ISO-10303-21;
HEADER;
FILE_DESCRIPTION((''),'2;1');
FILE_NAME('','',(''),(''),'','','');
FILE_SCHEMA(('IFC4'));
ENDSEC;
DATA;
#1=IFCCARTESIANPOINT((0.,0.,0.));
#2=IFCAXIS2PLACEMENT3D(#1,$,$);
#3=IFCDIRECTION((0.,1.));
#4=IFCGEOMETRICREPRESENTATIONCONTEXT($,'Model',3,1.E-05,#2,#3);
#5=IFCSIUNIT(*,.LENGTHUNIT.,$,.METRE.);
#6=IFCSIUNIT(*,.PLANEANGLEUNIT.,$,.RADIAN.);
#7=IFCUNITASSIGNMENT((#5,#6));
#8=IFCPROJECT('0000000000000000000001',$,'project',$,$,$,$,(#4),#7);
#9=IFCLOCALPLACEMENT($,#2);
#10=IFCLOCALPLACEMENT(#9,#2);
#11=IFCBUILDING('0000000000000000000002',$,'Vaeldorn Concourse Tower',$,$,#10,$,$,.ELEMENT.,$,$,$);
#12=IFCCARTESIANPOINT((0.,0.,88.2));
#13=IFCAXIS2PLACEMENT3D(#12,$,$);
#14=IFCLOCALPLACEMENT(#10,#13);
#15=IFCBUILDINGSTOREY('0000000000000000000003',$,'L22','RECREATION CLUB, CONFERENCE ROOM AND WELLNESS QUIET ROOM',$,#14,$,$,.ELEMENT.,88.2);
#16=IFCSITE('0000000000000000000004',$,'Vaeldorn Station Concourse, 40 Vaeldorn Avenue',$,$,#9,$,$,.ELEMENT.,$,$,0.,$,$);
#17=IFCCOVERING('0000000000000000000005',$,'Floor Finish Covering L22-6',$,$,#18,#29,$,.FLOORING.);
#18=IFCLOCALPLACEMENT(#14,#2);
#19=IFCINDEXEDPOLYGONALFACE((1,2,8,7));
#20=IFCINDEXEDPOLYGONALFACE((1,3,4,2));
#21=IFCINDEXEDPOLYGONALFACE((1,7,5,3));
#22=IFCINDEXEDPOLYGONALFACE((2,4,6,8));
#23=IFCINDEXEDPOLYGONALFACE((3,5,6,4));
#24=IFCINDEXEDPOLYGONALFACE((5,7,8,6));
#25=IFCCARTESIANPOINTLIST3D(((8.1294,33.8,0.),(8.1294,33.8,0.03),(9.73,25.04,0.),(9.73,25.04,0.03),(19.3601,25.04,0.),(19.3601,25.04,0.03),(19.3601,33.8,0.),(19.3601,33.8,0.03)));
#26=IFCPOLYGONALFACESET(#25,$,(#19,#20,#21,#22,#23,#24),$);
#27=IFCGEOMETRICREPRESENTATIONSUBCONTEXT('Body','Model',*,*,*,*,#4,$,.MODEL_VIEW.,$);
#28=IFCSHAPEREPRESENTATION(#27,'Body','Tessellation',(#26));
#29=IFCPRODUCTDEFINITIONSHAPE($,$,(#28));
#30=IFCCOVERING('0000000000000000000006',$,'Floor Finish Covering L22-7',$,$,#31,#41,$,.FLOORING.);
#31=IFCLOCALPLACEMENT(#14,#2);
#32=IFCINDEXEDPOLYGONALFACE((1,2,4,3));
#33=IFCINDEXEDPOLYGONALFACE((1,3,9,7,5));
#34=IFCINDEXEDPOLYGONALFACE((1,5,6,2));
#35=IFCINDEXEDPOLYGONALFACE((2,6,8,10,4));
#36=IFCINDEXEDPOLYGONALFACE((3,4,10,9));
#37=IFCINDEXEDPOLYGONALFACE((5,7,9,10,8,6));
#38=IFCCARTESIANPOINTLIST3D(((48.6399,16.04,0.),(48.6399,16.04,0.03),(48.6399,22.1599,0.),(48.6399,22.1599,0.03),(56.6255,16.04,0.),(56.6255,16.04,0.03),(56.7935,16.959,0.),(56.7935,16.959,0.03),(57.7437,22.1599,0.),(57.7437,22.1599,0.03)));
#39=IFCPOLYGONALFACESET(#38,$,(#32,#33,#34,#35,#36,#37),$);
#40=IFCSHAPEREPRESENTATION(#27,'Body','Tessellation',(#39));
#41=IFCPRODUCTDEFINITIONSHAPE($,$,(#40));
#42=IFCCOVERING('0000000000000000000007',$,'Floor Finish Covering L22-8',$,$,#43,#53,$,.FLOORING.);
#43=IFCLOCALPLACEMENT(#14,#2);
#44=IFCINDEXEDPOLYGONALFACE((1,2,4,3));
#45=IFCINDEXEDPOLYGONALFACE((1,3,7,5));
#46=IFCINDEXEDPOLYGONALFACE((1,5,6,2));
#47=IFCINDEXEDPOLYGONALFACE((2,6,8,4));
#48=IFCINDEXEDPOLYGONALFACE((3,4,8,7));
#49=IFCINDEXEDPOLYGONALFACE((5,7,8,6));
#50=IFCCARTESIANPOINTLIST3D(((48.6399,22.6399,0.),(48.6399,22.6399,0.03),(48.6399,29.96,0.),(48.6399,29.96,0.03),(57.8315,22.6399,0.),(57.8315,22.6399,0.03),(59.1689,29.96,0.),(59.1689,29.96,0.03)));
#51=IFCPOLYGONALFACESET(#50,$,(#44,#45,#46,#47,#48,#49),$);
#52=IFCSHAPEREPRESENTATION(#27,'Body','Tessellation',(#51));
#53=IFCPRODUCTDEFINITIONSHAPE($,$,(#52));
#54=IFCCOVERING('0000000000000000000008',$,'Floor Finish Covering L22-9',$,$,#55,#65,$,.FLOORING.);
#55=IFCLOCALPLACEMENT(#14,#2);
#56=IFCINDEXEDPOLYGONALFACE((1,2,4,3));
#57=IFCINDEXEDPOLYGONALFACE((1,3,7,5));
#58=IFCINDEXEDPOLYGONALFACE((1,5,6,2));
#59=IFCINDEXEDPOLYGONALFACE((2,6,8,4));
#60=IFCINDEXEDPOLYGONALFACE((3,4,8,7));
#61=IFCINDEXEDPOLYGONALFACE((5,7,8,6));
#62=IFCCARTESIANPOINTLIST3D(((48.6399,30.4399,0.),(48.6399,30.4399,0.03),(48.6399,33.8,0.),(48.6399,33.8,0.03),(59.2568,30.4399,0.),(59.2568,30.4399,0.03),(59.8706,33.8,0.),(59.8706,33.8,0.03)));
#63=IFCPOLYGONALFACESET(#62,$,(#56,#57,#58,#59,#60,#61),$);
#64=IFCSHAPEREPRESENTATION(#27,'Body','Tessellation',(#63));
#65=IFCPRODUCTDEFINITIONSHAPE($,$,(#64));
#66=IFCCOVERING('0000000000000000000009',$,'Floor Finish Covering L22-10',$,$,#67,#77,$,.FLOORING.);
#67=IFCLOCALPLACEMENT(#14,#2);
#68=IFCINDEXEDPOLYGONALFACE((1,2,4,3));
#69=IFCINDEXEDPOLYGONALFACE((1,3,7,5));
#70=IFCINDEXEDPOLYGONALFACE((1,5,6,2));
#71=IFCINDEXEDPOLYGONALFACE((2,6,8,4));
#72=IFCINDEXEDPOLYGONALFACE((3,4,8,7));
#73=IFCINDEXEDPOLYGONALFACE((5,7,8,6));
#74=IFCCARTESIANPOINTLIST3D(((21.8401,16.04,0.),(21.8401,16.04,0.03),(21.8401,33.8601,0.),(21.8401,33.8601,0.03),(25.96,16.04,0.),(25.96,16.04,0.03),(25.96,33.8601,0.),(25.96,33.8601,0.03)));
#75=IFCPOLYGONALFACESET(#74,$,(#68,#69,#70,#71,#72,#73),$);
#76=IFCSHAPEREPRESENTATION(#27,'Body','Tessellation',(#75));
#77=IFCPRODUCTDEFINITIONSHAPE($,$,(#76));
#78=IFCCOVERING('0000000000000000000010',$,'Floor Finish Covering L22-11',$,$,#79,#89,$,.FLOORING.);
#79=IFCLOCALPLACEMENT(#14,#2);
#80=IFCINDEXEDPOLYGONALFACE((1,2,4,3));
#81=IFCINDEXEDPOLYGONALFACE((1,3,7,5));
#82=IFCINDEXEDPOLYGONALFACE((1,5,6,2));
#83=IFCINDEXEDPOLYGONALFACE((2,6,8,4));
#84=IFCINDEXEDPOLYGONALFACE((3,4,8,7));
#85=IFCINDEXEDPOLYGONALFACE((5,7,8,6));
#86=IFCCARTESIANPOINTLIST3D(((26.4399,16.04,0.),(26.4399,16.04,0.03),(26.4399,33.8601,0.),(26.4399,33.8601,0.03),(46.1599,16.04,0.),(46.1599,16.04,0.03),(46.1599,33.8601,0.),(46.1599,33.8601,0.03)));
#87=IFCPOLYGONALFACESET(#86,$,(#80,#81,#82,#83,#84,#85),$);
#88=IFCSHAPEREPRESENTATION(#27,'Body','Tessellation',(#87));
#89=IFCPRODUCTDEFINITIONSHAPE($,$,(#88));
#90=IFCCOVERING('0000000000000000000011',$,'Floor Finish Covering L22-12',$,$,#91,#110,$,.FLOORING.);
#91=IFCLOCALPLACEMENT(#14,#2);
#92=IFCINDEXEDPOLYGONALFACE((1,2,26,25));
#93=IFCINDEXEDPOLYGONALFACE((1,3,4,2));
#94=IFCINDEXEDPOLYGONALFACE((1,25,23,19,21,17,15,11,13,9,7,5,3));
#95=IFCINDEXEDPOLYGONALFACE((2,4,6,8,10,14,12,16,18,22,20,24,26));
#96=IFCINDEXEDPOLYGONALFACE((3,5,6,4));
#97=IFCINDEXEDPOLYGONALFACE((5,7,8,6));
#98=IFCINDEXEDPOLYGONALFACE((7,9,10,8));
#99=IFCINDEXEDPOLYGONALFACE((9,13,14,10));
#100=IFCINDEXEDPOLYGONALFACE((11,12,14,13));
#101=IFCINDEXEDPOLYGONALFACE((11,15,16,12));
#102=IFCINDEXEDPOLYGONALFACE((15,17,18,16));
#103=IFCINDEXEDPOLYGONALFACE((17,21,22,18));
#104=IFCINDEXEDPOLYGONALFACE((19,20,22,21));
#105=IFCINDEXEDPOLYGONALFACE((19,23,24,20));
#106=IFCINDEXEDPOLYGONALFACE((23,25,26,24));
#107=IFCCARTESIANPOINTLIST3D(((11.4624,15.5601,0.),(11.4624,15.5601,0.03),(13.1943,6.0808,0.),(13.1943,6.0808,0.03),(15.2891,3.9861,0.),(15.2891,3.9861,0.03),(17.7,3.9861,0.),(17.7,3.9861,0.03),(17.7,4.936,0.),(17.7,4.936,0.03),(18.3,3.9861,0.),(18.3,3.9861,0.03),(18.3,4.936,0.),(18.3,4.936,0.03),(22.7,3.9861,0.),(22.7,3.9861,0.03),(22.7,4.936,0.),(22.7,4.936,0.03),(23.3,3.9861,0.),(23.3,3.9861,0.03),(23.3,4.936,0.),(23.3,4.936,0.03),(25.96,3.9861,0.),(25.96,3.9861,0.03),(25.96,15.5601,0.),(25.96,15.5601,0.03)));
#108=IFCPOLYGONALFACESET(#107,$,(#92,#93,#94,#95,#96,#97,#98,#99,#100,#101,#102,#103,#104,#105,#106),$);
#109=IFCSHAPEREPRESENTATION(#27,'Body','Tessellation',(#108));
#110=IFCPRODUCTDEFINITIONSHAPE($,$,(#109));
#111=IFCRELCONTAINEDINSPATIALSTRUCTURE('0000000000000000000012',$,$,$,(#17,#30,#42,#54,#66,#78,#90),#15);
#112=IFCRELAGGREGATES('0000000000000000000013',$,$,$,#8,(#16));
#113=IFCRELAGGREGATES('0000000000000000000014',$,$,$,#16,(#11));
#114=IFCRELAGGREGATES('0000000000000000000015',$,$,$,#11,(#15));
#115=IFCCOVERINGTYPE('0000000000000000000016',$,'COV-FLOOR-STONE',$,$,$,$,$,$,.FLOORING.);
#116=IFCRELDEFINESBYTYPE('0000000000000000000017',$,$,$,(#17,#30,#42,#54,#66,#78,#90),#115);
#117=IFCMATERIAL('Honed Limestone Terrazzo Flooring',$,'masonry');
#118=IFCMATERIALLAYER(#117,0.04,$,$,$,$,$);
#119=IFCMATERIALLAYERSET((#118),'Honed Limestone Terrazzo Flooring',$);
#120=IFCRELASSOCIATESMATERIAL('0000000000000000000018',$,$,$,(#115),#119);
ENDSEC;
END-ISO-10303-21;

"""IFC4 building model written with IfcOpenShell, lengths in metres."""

from ifc_helpers import new_model, si_unit, direction, frame, origin, place, context, subcontext, project, spatial, polyline, outline, extrude, material, layer, layer_set, type_object, element, save


model = new_model("IFC4")

# Units and contexts
model_context = context("Model", 3, precision=1e-05, world=origin(), true_north=direction((0.0, 1.0)))
body_context = subcontext(model_context, "Body", "Model", "MODEL_VIEW")
ifc_project = project(units=[si_unit("LENGTHUNIT", "METRE"), si_unit("PLANEANGLEUNIT", "RADIAN")], contexts=[model_context])

# Site, building, storey
site_placement = place(None, origin())
site = spatial("IfcSite", under=ifc_project, at=site_placement, Name="Vaeldorn Station Concourse, 40 Vaeldorn Avenue", CompositionType="ELEMENT", RefElevation=0.0)
building_placement = place(site_placement, origin())
building = spatial("IfcBuilding", under=site, at=building_placement, Name="Vaeldorn Concourse Tower", CompositionType="ELEMENT")
storey_placement = place(building_placement, frame((0.0, 0.0, 88.2)))
storey = spatial("IfcBuildingStorey", under=building, at=storey_placement, Name="L22", Description="RECREATION CLUB, CONFERENCE ROOM AND WELLNESS QUIET ROOM", CompositionType="ELEMENT", Elevation=88.2)

# Coverings
ifc_material_1 = material(Name="Honed Limestone Terrazzo Flooring", Category="masonry")
ifc_layer_1 = layer(ifc_material_1, 0.04)
ifc_layer_set_1 = layer_set([ifc_layer_1], Name="Honed Limestone Terrazzo Flooring")
covering_type_1 = type_object("IfcCoveringType", Name="COV-FLOOR-STONE", PredefinedType="FLOORING", material=ifc_layer_set_1)
covering_1_placement = place(storey_placement, origin())
element("IfcCovering", 1, at=covering_1_placement, inside=storey, type_object=covering_type_1, Name="Floor Finish Covering L22-6", PredefinedType="FLOORING", context=body_context, shape_type="SweptSolid", body=[
    extrude(outline(polyline([(19.3601, 33.8), (19.3601, 25.04), (9.73, 25.04), (8.1294, 33.8), (19.3601, 33.8)])), origin(), (0.0, 0.0, 1.0), 0.03),
])
covering_2_placement = place(storey_placement, origin())
element("IfcCovering", 2, at=covering_2_placement, inside=storey, type_object=covering_type_1, Name="Floor Finish Covering L22-7", PredefinedType="FLOORING", context=body_context, shape_type="SweptSolid", body=[
    extrude(outline(polyline([(48.6399, 22.1599), (57.7437, 22.1599), (56.7935, 16.959), (56.6255, 16.04), (48.6399, 16.04), (48.6399, 22.1599)])), origin(), (0.0, 0.0, 1.0), 0.03),
])
covering_3_placement = place(storey_placement, origin())
element("IfcCovering", 3, at=covering_3_placement, inside=storey, type_object=covering_type_1, Name="Floor Finish Covering L22-8", PredefinedType="FLOORING", context=body_context, shape_type="SweptSolid", body=[
    extrude(outline(polyline([(48.6399, 22.6399), (48.6399, 29.96), (59.1689, 29.96), (57.8315, 22.6399), (48.6399, 22.6399)])), origin(), (0.0, 0.0, 1.0), 0.03),
])
covering_4_placement = place(storey_placement, origin())
element("IfcCovering", 4, at=covering_4_placement, inside=storey, type_object=covering_type_1, Name="Floor Finish Covering L22-9", PredefinedType="FLOORING", context=body_context, shape_type="SweptSolid", body=[
    extrude(outline(polyline([(48.6399, 30.4399), (48.6399, 33.8), (59.8706, 33.8), (59.2568, 30.4399), (48.6399, 30.4399)])), origin(), (0.0, 0.0, 1.0), 0.03),
])
covering_5_placement = place(storey_placement, origin())
element("IfcCovering", 5, at=covering_5_placement, inside=storey, type_object=covering_type_1, Name="Floor Finish Covering L22-10", PredefinedType="FLOORING", context=body_context, shape_type="SweptSolid", body=[
    extrude(outline(polyline([(21.8401, 33.8601), (25.96, 33.8601), (25.96, 16.04), (21.8401, 16.04), (21.8401, 33.8601)])), origin(), (0.0, 0.0, 1.0), 0.03),
])
covering_6_placement = place(storey_placement, origin())
element("IfcCovering", 6, at=covering_6_placement, inside=storey, type_object=covering_type_1, Name="Floor Finish Covering L22-11", PredefinedType="FLOORING", context=body_context, shape_type="SweptSolid", body=[
    extrude(outline(polyline([(26.4399, 33.8601), (46.1599, 33.8601), (46.1599, 16.04), (26.4399, 16.04), (26.4399, 33.8601)])), origin(), (0.0, 0.0, 1.0), 0.03),
])
covering_7_placement = place(storey_placement, origin())
element("IfcCovering", 7, at=covering_7_placement, inside=storey, type_object=covering_type_1, Name="Floor Finish Covering L22-12", PredefinedType="FLOORING", context=body_context, shape_type="SweptSolid", body=[
    extrude(outline(polyline([(25.96, 15.5601), (25.96, 3.9861), (23.3, 3.9861), (23.3, 4.936), (22.7, 4.936), (22.7, 3.9861), (18.3, 3.9861), (18.3, 4.936), (17.7, 4.936), (17.7, 3.9861), (15.2891, 3.9861), (13.1943, 6.0808), (11.4624, 15.5601), (25.96, 15.5601)])), origin(), (0.0, 0.0, 1.0), 0.03),
])

save(model, "model.ifc")
